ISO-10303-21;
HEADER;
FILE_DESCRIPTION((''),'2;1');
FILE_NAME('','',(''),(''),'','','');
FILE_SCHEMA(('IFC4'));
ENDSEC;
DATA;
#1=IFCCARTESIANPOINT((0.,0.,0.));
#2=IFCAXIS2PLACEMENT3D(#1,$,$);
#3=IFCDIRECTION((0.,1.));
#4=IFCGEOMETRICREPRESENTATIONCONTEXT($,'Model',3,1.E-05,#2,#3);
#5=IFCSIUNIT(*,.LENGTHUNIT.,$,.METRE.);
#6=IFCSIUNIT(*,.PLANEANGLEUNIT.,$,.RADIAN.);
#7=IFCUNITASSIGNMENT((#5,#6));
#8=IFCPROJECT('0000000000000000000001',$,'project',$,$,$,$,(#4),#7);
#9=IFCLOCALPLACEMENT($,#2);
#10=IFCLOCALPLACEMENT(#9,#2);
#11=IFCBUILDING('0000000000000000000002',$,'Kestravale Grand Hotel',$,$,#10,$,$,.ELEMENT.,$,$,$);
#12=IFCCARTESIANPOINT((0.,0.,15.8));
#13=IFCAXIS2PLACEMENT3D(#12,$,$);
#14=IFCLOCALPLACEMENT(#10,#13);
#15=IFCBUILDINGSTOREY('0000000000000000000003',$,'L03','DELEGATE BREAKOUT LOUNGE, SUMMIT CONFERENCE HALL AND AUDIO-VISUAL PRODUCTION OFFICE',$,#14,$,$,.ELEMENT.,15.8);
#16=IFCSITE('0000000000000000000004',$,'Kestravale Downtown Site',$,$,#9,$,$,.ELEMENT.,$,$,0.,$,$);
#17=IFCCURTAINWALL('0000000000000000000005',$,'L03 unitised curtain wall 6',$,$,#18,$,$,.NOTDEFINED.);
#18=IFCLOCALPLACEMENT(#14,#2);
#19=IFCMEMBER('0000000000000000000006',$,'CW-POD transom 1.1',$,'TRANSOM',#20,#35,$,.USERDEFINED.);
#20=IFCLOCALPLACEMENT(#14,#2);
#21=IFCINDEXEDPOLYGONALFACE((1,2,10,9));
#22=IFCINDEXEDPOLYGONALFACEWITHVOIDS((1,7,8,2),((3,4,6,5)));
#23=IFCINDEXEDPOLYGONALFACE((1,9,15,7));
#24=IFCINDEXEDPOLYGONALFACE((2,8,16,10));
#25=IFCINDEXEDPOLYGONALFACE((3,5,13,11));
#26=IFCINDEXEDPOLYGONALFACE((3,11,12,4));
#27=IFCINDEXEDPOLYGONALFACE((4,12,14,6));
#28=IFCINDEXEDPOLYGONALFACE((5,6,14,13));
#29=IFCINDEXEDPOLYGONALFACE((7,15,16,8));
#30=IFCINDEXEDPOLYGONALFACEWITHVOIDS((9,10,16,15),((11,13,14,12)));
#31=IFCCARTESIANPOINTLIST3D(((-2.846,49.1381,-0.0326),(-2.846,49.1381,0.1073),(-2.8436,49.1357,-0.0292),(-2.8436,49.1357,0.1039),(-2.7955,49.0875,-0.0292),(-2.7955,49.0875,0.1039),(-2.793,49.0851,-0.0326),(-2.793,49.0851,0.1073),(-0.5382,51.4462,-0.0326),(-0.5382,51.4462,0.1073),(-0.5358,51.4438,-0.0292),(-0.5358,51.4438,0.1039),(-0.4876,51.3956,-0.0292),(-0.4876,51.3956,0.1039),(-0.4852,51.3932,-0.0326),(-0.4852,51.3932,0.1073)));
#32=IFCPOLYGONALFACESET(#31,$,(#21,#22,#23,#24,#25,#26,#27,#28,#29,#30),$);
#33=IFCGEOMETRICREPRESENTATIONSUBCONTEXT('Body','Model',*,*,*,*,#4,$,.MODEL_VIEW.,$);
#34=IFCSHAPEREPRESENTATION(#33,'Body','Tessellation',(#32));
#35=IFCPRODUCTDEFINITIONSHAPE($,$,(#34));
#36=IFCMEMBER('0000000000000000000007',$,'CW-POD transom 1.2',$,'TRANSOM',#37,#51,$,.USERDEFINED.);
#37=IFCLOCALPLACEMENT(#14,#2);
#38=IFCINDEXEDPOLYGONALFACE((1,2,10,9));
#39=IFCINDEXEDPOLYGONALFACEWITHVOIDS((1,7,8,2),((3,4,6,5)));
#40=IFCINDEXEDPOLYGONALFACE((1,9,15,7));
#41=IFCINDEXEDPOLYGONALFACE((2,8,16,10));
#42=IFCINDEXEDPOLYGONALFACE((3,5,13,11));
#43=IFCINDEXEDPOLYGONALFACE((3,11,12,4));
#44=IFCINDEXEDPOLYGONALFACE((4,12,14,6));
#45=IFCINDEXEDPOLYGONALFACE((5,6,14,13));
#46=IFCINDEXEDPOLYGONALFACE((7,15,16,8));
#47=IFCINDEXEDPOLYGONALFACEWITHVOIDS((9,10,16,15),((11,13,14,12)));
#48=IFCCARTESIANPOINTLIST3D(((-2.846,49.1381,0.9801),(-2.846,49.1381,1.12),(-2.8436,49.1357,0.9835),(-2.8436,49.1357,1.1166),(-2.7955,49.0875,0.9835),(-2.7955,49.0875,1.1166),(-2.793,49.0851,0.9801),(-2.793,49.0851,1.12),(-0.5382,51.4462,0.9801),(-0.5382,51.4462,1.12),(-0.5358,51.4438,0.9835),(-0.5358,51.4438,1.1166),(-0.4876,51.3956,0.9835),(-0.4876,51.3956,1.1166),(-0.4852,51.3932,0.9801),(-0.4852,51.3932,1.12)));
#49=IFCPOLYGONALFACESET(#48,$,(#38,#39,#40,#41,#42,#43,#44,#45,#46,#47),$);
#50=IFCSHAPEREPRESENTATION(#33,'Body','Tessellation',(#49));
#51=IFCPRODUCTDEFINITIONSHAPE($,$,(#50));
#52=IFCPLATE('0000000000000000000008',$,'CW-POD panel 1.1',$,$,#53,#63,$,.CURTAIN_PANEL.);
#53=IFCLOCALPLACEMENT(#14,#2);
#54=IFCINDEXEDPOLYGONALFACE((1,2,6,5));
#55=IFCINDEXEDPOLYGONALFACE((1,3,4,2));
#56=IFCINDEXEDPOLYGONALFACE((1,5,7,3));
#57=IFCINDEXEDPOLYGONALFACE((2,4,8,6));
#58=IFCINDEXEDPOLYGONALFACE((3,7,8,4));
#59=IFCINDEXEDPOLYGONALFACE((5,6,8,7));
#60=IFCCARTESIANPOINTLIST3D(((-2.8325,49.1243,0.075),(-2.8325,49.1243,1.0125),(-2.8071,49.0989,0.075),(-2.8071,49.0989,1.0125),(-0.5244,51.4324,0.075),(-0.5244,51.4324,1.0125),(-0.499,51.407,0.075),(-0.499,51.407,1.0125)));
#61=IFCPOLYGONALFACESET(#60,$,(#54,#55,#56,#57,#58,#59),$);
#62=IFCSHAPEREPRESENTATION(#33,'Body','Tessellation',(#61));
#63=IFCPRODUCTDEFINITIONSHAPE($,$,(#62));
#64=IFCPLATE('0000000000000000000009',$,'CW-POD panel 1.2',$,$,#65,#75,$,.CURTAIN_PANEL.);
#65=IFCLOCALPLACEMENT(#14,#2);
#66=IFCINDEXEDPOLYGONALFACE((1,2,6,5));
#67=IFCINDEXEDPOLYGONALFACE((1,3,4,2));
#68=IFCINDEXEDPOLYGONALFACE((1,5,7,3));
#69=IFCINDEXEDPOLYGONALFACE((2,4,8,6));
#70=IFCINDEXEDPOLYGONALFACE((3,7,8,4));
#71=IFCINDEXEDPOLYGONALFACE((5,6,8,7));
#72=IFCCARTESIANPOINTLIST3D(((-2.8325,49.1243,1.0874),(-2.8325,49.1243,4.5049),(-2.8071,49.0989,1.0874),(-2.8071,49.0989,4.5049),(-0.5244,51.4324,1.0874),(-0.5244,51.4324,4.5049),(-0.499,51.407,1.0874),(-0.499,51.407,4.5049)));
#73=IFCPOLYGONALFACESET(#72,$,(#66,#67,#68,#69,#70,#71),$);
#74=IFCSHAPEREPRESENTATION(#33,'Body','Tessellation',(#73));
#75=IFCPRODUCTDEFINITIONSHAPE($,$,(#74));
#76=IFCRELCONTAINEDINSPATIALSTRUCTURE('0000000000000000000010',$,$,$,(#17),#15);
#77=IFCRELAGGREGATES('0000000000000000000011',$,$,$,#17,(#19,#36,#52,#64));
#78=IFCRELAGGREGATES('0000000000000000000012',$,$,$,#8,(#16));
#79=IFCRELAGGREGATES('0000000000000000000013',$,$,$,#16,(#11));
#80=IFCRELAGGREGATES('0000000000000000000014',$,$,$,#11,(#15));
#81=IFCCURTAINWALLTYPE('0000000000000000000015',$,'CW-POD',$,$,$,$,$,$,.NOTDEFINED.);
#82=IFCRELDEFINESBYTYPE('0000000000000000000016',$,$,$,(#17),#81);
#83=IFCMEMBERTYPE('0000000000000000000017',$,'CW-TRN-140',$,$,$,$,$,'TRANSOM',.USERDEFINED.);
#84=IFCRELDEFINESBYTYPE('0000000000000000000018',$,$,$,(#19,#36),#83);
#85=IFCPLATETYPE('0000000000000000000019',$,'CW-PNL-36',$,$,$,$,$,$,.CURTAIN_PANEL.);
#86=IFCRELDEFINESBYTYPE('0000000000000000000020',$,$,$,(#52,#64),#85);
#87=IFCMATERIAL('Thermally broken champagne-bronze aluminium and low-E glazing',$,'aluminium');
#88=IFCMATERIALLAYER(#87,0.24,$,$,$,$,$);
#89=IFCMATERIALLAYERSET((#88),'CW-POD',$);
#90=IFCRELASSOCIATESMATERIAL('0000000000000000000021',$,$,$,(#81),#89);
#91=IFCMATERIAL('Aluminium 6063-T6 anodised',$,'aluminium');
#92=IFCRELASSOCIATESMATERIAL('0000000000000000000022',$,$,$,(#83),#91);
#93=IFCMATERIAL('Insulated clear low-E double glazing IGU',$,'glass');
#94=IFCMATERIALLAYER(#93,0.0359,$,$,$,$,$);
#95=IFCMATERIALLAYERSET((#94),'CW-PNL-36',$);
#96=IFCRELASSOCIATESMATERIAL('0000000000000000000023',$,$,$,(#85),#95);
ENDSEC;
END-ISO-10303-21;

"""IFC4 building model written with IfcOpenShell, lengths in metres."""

from ifc_helpers import new_model, si_unit, direction, frame, origin, origin_2d, place, context, subcontext, project, spatial, rectangle, hollow_rectangle, extrude, material, layer, layer_set, material_profile, profile_set, type_object, element, aggregate, save


model = new_model("IFC4")

# Units and contexts
model_context = context("Model", 3, precision=1e-05, world=origin(), true_north=direction((0.0, 1.0)))
body_context = subcontext(model_context, "Body", "Model", "MODEL_VIEW")
ifc_project = project(units=[si_unit("LENGTHUNIT", "METRE"), si_unit("PLANEANGLEUNIT", "RADIAN")], contexts=[model_context])

# Site, building, storey
site_placement = place(None, origin())
site = spatial("IfcSite", under=ifc_project, at=site_placement, Name="Kestravale Downtown Site", CompositionType="ELEMENT", RefElevation=0.0)
building_placement = place(site_placement, origin())
building = spatial("IfcBuilding", under=site, at=building_placement, Name="Kestravale Grand Hotel", CompositionType="ELEMENT")
storey_placement = place(building_placement, frame((0.0, 0.0, 15.8)))
storey = spatial("IfcBuildingStorey", under=building, at=storey_placement, Name="L03", Description="DELEGATE BREAKOUT LOUNGE, SUMMIT CONFERENCE HALL AND AUDIO-VISUAL PRODUCTION OFFICE", CompositionType="ELEMENT", Elevation=15.8)

# Curtain wall, members, plates
ifc_material_1 = material(Name="Thermally broken champagne-bronze aluminium and low-E glazing", Category="aluminium")
ifc_layer_1 = layer(ifc_material_1, 0.24)
ifc_layer_set_1 = layer_set([ifc_layer_1], Name="CW-POD")
curtain_wall_type = type_object("IfcCurtainWallType", Name="CW-POD", PredefinedType="NOTDEFINED", material=ifc_layer_set_1)
curtain_wall_placement = place(storey_placement, origin())
curtain_wall = element("IfcCurtainWall", 1, at=curtain_wall_placement, inside=storey, type_object=curtain_wall_type, Name="L03 unitised curtain wall 6", PredefinedType="NOTDEFINED")
ifc_material_2 = material(Name="Aluminium 6063-T6 anodised", Category="aluminium")
ifc_material_profile_1 = material_profile(ifc_material_2, hollow_rectangle(XDim=0.075, YDim=0.1399, WallThickness=0.0034, at=origin_2d()))
ifc_profile_set_1 = profile_set([ifc_material_profile_1], Name="Aluminium 6063-T6 anodised")
member_type_1 = type_object("IfcMemberType", Name="CW-TRN-140", ElementType="TRANSOM", PredefinedType="USERDEFINED", material=ifc_profile_set_1)
member_1_placement = place(storey_placement, frame((-0.5117, 51.4197, 0.0374), z_axis=(-0.707069, -0.707144, 0.0), x_axis=(0.707144, -0.707069, 0.0)))
member_1 = element("IfcMember", 2, at=member_1_placement, type_object=member_type_1, Name="CW-POD transom 1.1", ObjectType="TRANSOM", PredefinedType="USERDEFINED", context=body_context, shape_type="SweptSolid", body=[
    extrude(hollow_rectangle(XDim=0.075, YDim=0.1399, WallThickness=0.0034, at=origin_2d()), origin(), (0.0, 0.0, 1.0), 3.2639),
])
member_2_placement = place(storey_placement, frame((-0.5117, 51.4197, 1.05), z_axis=(-0.707069, -0.707144, 0.0), x_axis=(0.707144, -0.707069, 0.0)))
member_2 = element("IfcMember", 3, at=member_2_placement, type_object=member_type_1, Name="CW-POD transom 1.2", ObjectType="TRANSOM", PredefinedType="USERDEFINED", context=body_context, shape_type="SweptSolid", body=[
    extrude(hollow_rectangle(XDim=0.075, YDim=0.1399, WallThickness=0.0034, at=origin_2d()), origin(), (0.0, 0.0, 1.0), 3.2639),
])
ifc_material_3 = material(Name="Insulated clear low-E double glazing IGU", Category="glass")
ifc_layer_2 = layer(ifc_material_3, 0.0359)
ifc_layer_set_2 = layer_set([ifc_layer_2], Name="CW-PNL-36")
plate_type = type_object("IfcPlateType", Name="CW-PNL-36", PredefinedType="CURTAIN_PANEL", material=ifc_layer_set_2)
plate_1_placement = place(storey_placement, frame((-1.6658, 50.2656, 0.075), z_axis=(0.0, 0.0, 1.0), x_axis=(-0.707107, -0.707107, 0.0)))
plate_1 = element("IfcPlate", 4, at=plate_1_placement, type_object=plate_type, Name="CW-POD panel 1.1", PredefinedType="CURTAIN_PANEL", context=body_context, shape_type="SweptSolid", body=[
    extrude(rectangle(XDim=3.2642, YDim=0.0359, at=origin_2d()), origin(), (0.0, 0.0, 1.0), 0.9375),
])
plate_2_placement = place(storey_placement, frame((-1.6658, 50.2656, 1.0874), z_axis=(0.0, 0.0, 1.0), x_axis=(-0.707107, -0.707107, 0.0)))
plate_2 = element("IfcPlate", 5, at=plate_2_placement, type_object=plate_type, Name="CW-POD panel 1.2", PredefinedType="CURTAIN_PANEL", context=body_context, shape_type="SweptSolid", body=[
    extrude(rectangle(XDim=3.2642, YDim=0.0359, at=origin_2d()), origin(), (0.0, 0.0, 1.0), 3.4175),
])
aggregate(curtain_wall, [member_1, member_2, plate_1, plate_2])

save(model, "model.ifc")
